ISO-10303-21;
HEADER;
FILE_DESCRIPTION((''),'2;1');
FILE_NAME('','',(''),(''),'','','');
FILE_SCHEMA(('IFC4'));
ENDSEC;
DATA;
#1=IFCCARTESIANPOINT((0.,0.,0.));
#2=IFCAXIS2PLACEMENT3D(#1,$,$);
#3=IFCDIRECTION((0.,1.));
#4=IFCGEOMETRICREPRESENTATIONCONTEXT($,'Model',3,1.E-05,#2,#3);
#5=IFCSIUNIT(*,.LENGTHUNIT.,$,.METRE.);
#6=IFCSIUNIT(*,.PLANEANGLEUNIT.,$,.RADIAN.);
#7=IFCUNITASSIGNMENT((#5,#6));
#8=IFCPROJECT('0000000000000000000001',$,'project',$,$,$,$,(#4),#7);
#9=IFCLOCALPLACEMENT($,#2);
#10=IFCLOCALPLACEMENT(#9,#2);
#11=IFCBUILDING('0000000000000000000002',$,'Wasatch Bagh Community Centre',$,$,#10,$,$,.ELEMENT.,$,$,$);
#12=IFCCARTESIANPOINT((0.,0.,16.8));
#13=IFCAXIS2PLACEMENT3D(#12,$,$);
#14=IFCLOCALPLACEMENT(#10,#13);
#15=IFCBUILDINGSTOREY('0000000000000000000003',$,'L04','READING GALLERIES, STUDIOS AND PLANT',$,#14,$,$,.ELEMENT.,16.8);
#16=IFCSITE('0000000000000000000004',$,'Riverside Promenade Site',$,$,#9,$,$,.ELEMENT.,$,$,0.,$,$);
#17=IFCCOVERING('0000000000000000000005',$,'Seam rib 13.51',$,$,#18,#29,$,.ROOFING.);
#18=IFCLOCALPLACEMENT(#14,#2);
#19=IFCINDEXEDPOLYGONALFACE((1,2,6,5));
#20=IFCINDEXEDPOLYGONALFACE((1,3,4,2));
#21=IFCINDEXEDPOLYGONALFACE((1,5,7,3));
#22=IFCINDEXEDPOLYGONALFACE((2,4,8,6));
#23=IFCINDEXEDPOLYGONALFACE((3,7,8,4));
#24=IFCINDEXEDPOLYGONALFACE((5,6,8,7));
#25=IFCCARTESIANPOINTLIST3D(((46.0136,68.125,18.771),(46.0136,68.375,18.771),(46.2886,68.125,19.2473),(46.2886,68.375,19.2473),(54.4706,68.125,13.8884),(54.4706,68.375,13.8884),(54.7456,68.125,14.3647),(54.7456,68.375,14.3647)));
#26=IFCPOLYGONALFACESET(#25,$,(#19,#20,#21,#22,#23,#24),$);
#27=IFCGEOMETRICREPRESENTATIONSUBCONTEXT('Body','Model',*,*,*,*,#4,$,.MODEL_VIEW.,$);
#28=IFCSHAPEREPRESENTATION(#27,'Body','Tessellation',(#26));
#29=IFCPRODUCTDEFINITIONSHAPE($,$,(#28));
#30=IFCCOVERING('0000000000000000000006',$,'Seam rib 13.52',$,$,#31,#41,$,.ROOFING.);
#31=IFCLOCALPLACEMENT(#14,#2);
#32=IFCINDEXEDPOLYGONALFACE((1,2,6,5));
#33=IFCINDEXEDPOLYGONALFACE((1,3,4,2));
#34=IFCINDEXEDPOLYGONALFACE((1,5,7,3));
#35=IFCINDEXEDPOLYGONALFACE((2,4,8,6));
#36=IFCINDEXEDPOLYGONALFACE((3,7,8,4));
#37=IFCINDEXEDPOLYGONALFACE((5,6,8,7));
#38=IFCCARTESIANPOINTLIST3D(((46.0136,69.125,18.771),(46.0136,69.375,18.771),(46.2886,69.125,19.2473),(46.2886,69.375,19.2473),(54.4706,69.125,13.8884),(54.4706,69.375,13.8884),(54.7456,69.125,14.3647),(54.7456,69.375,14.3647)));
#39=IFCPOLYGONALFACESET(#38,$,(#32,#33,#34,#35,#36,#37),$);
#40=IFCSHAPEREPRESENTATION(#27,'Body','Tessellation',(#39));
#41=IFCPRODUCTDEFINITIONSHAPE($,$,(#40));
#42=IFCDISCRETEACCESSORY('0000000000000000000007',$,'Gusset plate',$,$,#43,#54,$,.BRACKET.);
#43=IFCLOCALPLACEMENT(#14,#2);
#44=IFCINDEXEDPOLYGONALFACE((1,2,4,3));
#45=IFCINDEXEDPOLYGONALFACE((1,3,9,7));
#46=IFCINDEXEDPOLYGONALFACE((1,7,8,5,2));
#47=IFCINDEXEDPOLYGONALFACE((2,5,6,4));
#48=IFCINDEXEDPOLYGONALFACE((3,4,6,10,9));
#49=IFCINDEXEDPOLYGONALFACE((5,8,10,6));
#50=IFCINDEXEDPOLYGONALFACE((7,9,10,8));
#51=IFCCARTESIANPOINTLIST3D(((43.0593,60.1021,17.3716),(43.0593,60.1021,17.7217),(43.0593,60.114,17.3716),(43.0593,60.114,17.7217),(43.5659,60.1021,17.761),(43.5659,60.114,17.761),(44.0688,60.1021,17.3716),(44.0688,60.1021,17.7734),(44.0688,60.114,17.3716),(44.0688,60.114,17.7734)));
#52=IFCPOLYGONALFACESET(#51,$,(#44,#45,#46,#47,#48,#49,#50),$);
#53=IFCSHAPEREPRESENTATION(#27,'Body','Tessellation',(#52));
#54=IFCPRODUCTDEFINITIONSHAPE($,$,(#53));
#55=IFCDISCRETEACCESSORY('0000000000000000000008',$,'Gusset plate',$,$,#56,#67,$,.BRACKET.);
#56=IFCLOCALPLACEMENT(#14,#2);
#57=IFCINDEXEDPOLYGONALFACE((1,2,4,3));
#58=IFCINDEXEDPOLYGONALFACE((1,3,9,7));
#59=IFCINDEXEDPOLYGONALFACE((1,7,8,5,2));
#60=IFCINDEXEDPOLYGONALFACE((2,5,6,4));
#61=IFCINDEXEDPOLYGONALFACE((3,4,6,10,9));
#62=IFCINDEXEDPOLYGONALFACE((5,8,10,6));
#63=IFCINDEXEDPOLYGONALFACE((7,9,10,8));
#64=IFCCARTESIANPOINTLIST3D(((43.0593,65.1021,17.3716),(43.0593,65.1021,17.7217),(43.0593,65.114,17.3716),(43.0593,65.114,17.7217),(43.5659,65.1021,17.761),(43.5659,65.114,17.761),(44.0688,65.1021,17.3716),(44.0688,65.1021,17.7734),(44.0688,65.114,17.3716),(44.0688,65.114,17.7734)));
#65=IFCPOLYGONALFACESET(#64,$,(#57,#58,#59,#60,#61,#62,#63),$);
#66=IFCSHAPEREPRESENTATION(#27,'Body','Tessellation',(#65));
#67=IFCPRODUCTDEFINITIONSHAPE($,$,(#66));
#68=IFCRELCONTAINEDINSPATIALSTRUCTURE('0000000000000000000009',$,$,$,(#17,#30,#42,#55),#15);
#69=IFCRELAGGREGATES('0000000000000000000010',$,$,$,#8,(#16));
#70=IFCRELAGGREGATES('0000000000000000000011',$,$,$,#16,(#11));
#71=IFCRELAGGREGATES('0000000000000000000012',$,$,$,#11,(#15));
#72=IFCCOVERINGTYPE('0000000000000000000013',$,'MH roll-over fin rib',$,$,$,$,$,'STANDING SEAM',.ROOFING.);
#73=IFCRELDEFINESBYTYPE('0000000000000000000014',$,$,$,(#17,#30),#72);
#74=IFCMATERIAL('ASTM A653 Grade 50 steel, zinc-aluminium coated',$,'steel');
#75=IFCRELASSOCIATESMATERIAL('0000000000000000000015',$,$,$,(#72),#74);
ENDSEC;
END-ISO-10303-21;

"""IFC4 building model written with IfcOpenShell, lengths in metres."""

from ifc_helpers import new_model, si_unit, direction, frame, origin, place, context, subcontext, project, spatial, polyline, outline, extrude, material, type_object, element, save


model = new_model("IFC4")

# Units and contexts
model_context = context("Model", 3, precision=1e-05, world=origin(), true_north=direction((0.0, 1.0)))
body_context = subcontext(model_context, "Body", "Model", "MODEL_VIEW")
ifc_project = project(units=[si_unit("LENGTHUNIT", "METRE"), si_unit("PLANEANGLEUNIT", "RADIAN")], contexts=[model_context])

# Site, building, storey
site_placement = place(None, origin())
site = spatial("IfcSite", under=ifc_project, at=site_placement, Name="Riverside Promenade Site", CompositionType="ELEMENT", RefElevation=0.0)
building_placement = place(site_placement, origin())
building = spatial("IfcBuilding", under=site, at=building_placement, Name="Wasatch Bagh Community Centre", CompositionType="ELEMENT")
storey_placement = place(building_placement, frame((0.0, 0.0, 16.8)))
storey = spatial("IfcBuildingStorey", under=building, at=storey_placement, Name="L04", Description="READING GALLERIES, STUDIOS AND PLANT", CompositionType="ELEMENT", Elevation=16.8)

# Coverings
ifc_material_1 = material(Name="ASTM A653 Grade 50 steel, zinc-aluminium coated", Category="steel")
covering_type = type_object("IfcCoveringType", Name="MH roll-over fin rib", ElementType="STANDING SEAM", PredefinedType="ROOFING", material=ifc_material_1)
for number, where, z_axis, x_axis, name in (
    (1, (46.2886, 68.125, 19.2473), (0.499992, 0.0, 0.86603), (0.86603, 0.0, -0.499992), "Seam rib 13.51"),
    (2, (46.2886, 69.125, 19.2473), (0.499992, 0.0, 0.86603), (0.86603, 0.0, -0.499992), "Seam rib 13.52"),
):
    element("IfcCovering", number, at=place(storey_placement, frame(where, z_axis=z_axis, x_axis=x_axis)), inside=storey, type_object=covering_type, Name=name, PredefinedType="ROOFING", context=body_context, shape_type="SweptSolid", body=[
        extrude(outline(polyline([(0.0, 0.0), (9.7653, 0.0), (9.7653, 0.25), (0.0, 0.25), (0.0, 0.0)])), origin(), (0.0, 0.0, -1.0), 0.55),
    ])

# Discrete accessories
for number, where, z_axis, x_axis, name in (
    (3, (43.0593, 60.114, 17.7217), (0.0, 1.0, 0.0), (0.997003, 0.0, 0.077358), "Gusset plate"),
    (4, (43.0593, 65.114, 17.7217), (0.0, 1.0, 0.0), (0.997003, 0.0, 0.077358), "Gusset plate"),
):
    element("IfcDiscreteAccessory", number, at=place(storey_placement, frame(where, z_axis=z_axis, x_axis=x_axis)), inside=storey, Name=name, PredefinedType="BRACKET", context=body_context, shape_type="SweptSolid", body=[
        extrude(outline(polyline([(0.0, 0.0), (0.5081, 0.0), (1.0105, 0.0265), (0.9794, 0.4271), (-0.0271, 0.349), (0.0, 0.0)])), origin(), (0.0, 0.0, -1.0), 0.012),
    ])

save(model, "model.ifc")
